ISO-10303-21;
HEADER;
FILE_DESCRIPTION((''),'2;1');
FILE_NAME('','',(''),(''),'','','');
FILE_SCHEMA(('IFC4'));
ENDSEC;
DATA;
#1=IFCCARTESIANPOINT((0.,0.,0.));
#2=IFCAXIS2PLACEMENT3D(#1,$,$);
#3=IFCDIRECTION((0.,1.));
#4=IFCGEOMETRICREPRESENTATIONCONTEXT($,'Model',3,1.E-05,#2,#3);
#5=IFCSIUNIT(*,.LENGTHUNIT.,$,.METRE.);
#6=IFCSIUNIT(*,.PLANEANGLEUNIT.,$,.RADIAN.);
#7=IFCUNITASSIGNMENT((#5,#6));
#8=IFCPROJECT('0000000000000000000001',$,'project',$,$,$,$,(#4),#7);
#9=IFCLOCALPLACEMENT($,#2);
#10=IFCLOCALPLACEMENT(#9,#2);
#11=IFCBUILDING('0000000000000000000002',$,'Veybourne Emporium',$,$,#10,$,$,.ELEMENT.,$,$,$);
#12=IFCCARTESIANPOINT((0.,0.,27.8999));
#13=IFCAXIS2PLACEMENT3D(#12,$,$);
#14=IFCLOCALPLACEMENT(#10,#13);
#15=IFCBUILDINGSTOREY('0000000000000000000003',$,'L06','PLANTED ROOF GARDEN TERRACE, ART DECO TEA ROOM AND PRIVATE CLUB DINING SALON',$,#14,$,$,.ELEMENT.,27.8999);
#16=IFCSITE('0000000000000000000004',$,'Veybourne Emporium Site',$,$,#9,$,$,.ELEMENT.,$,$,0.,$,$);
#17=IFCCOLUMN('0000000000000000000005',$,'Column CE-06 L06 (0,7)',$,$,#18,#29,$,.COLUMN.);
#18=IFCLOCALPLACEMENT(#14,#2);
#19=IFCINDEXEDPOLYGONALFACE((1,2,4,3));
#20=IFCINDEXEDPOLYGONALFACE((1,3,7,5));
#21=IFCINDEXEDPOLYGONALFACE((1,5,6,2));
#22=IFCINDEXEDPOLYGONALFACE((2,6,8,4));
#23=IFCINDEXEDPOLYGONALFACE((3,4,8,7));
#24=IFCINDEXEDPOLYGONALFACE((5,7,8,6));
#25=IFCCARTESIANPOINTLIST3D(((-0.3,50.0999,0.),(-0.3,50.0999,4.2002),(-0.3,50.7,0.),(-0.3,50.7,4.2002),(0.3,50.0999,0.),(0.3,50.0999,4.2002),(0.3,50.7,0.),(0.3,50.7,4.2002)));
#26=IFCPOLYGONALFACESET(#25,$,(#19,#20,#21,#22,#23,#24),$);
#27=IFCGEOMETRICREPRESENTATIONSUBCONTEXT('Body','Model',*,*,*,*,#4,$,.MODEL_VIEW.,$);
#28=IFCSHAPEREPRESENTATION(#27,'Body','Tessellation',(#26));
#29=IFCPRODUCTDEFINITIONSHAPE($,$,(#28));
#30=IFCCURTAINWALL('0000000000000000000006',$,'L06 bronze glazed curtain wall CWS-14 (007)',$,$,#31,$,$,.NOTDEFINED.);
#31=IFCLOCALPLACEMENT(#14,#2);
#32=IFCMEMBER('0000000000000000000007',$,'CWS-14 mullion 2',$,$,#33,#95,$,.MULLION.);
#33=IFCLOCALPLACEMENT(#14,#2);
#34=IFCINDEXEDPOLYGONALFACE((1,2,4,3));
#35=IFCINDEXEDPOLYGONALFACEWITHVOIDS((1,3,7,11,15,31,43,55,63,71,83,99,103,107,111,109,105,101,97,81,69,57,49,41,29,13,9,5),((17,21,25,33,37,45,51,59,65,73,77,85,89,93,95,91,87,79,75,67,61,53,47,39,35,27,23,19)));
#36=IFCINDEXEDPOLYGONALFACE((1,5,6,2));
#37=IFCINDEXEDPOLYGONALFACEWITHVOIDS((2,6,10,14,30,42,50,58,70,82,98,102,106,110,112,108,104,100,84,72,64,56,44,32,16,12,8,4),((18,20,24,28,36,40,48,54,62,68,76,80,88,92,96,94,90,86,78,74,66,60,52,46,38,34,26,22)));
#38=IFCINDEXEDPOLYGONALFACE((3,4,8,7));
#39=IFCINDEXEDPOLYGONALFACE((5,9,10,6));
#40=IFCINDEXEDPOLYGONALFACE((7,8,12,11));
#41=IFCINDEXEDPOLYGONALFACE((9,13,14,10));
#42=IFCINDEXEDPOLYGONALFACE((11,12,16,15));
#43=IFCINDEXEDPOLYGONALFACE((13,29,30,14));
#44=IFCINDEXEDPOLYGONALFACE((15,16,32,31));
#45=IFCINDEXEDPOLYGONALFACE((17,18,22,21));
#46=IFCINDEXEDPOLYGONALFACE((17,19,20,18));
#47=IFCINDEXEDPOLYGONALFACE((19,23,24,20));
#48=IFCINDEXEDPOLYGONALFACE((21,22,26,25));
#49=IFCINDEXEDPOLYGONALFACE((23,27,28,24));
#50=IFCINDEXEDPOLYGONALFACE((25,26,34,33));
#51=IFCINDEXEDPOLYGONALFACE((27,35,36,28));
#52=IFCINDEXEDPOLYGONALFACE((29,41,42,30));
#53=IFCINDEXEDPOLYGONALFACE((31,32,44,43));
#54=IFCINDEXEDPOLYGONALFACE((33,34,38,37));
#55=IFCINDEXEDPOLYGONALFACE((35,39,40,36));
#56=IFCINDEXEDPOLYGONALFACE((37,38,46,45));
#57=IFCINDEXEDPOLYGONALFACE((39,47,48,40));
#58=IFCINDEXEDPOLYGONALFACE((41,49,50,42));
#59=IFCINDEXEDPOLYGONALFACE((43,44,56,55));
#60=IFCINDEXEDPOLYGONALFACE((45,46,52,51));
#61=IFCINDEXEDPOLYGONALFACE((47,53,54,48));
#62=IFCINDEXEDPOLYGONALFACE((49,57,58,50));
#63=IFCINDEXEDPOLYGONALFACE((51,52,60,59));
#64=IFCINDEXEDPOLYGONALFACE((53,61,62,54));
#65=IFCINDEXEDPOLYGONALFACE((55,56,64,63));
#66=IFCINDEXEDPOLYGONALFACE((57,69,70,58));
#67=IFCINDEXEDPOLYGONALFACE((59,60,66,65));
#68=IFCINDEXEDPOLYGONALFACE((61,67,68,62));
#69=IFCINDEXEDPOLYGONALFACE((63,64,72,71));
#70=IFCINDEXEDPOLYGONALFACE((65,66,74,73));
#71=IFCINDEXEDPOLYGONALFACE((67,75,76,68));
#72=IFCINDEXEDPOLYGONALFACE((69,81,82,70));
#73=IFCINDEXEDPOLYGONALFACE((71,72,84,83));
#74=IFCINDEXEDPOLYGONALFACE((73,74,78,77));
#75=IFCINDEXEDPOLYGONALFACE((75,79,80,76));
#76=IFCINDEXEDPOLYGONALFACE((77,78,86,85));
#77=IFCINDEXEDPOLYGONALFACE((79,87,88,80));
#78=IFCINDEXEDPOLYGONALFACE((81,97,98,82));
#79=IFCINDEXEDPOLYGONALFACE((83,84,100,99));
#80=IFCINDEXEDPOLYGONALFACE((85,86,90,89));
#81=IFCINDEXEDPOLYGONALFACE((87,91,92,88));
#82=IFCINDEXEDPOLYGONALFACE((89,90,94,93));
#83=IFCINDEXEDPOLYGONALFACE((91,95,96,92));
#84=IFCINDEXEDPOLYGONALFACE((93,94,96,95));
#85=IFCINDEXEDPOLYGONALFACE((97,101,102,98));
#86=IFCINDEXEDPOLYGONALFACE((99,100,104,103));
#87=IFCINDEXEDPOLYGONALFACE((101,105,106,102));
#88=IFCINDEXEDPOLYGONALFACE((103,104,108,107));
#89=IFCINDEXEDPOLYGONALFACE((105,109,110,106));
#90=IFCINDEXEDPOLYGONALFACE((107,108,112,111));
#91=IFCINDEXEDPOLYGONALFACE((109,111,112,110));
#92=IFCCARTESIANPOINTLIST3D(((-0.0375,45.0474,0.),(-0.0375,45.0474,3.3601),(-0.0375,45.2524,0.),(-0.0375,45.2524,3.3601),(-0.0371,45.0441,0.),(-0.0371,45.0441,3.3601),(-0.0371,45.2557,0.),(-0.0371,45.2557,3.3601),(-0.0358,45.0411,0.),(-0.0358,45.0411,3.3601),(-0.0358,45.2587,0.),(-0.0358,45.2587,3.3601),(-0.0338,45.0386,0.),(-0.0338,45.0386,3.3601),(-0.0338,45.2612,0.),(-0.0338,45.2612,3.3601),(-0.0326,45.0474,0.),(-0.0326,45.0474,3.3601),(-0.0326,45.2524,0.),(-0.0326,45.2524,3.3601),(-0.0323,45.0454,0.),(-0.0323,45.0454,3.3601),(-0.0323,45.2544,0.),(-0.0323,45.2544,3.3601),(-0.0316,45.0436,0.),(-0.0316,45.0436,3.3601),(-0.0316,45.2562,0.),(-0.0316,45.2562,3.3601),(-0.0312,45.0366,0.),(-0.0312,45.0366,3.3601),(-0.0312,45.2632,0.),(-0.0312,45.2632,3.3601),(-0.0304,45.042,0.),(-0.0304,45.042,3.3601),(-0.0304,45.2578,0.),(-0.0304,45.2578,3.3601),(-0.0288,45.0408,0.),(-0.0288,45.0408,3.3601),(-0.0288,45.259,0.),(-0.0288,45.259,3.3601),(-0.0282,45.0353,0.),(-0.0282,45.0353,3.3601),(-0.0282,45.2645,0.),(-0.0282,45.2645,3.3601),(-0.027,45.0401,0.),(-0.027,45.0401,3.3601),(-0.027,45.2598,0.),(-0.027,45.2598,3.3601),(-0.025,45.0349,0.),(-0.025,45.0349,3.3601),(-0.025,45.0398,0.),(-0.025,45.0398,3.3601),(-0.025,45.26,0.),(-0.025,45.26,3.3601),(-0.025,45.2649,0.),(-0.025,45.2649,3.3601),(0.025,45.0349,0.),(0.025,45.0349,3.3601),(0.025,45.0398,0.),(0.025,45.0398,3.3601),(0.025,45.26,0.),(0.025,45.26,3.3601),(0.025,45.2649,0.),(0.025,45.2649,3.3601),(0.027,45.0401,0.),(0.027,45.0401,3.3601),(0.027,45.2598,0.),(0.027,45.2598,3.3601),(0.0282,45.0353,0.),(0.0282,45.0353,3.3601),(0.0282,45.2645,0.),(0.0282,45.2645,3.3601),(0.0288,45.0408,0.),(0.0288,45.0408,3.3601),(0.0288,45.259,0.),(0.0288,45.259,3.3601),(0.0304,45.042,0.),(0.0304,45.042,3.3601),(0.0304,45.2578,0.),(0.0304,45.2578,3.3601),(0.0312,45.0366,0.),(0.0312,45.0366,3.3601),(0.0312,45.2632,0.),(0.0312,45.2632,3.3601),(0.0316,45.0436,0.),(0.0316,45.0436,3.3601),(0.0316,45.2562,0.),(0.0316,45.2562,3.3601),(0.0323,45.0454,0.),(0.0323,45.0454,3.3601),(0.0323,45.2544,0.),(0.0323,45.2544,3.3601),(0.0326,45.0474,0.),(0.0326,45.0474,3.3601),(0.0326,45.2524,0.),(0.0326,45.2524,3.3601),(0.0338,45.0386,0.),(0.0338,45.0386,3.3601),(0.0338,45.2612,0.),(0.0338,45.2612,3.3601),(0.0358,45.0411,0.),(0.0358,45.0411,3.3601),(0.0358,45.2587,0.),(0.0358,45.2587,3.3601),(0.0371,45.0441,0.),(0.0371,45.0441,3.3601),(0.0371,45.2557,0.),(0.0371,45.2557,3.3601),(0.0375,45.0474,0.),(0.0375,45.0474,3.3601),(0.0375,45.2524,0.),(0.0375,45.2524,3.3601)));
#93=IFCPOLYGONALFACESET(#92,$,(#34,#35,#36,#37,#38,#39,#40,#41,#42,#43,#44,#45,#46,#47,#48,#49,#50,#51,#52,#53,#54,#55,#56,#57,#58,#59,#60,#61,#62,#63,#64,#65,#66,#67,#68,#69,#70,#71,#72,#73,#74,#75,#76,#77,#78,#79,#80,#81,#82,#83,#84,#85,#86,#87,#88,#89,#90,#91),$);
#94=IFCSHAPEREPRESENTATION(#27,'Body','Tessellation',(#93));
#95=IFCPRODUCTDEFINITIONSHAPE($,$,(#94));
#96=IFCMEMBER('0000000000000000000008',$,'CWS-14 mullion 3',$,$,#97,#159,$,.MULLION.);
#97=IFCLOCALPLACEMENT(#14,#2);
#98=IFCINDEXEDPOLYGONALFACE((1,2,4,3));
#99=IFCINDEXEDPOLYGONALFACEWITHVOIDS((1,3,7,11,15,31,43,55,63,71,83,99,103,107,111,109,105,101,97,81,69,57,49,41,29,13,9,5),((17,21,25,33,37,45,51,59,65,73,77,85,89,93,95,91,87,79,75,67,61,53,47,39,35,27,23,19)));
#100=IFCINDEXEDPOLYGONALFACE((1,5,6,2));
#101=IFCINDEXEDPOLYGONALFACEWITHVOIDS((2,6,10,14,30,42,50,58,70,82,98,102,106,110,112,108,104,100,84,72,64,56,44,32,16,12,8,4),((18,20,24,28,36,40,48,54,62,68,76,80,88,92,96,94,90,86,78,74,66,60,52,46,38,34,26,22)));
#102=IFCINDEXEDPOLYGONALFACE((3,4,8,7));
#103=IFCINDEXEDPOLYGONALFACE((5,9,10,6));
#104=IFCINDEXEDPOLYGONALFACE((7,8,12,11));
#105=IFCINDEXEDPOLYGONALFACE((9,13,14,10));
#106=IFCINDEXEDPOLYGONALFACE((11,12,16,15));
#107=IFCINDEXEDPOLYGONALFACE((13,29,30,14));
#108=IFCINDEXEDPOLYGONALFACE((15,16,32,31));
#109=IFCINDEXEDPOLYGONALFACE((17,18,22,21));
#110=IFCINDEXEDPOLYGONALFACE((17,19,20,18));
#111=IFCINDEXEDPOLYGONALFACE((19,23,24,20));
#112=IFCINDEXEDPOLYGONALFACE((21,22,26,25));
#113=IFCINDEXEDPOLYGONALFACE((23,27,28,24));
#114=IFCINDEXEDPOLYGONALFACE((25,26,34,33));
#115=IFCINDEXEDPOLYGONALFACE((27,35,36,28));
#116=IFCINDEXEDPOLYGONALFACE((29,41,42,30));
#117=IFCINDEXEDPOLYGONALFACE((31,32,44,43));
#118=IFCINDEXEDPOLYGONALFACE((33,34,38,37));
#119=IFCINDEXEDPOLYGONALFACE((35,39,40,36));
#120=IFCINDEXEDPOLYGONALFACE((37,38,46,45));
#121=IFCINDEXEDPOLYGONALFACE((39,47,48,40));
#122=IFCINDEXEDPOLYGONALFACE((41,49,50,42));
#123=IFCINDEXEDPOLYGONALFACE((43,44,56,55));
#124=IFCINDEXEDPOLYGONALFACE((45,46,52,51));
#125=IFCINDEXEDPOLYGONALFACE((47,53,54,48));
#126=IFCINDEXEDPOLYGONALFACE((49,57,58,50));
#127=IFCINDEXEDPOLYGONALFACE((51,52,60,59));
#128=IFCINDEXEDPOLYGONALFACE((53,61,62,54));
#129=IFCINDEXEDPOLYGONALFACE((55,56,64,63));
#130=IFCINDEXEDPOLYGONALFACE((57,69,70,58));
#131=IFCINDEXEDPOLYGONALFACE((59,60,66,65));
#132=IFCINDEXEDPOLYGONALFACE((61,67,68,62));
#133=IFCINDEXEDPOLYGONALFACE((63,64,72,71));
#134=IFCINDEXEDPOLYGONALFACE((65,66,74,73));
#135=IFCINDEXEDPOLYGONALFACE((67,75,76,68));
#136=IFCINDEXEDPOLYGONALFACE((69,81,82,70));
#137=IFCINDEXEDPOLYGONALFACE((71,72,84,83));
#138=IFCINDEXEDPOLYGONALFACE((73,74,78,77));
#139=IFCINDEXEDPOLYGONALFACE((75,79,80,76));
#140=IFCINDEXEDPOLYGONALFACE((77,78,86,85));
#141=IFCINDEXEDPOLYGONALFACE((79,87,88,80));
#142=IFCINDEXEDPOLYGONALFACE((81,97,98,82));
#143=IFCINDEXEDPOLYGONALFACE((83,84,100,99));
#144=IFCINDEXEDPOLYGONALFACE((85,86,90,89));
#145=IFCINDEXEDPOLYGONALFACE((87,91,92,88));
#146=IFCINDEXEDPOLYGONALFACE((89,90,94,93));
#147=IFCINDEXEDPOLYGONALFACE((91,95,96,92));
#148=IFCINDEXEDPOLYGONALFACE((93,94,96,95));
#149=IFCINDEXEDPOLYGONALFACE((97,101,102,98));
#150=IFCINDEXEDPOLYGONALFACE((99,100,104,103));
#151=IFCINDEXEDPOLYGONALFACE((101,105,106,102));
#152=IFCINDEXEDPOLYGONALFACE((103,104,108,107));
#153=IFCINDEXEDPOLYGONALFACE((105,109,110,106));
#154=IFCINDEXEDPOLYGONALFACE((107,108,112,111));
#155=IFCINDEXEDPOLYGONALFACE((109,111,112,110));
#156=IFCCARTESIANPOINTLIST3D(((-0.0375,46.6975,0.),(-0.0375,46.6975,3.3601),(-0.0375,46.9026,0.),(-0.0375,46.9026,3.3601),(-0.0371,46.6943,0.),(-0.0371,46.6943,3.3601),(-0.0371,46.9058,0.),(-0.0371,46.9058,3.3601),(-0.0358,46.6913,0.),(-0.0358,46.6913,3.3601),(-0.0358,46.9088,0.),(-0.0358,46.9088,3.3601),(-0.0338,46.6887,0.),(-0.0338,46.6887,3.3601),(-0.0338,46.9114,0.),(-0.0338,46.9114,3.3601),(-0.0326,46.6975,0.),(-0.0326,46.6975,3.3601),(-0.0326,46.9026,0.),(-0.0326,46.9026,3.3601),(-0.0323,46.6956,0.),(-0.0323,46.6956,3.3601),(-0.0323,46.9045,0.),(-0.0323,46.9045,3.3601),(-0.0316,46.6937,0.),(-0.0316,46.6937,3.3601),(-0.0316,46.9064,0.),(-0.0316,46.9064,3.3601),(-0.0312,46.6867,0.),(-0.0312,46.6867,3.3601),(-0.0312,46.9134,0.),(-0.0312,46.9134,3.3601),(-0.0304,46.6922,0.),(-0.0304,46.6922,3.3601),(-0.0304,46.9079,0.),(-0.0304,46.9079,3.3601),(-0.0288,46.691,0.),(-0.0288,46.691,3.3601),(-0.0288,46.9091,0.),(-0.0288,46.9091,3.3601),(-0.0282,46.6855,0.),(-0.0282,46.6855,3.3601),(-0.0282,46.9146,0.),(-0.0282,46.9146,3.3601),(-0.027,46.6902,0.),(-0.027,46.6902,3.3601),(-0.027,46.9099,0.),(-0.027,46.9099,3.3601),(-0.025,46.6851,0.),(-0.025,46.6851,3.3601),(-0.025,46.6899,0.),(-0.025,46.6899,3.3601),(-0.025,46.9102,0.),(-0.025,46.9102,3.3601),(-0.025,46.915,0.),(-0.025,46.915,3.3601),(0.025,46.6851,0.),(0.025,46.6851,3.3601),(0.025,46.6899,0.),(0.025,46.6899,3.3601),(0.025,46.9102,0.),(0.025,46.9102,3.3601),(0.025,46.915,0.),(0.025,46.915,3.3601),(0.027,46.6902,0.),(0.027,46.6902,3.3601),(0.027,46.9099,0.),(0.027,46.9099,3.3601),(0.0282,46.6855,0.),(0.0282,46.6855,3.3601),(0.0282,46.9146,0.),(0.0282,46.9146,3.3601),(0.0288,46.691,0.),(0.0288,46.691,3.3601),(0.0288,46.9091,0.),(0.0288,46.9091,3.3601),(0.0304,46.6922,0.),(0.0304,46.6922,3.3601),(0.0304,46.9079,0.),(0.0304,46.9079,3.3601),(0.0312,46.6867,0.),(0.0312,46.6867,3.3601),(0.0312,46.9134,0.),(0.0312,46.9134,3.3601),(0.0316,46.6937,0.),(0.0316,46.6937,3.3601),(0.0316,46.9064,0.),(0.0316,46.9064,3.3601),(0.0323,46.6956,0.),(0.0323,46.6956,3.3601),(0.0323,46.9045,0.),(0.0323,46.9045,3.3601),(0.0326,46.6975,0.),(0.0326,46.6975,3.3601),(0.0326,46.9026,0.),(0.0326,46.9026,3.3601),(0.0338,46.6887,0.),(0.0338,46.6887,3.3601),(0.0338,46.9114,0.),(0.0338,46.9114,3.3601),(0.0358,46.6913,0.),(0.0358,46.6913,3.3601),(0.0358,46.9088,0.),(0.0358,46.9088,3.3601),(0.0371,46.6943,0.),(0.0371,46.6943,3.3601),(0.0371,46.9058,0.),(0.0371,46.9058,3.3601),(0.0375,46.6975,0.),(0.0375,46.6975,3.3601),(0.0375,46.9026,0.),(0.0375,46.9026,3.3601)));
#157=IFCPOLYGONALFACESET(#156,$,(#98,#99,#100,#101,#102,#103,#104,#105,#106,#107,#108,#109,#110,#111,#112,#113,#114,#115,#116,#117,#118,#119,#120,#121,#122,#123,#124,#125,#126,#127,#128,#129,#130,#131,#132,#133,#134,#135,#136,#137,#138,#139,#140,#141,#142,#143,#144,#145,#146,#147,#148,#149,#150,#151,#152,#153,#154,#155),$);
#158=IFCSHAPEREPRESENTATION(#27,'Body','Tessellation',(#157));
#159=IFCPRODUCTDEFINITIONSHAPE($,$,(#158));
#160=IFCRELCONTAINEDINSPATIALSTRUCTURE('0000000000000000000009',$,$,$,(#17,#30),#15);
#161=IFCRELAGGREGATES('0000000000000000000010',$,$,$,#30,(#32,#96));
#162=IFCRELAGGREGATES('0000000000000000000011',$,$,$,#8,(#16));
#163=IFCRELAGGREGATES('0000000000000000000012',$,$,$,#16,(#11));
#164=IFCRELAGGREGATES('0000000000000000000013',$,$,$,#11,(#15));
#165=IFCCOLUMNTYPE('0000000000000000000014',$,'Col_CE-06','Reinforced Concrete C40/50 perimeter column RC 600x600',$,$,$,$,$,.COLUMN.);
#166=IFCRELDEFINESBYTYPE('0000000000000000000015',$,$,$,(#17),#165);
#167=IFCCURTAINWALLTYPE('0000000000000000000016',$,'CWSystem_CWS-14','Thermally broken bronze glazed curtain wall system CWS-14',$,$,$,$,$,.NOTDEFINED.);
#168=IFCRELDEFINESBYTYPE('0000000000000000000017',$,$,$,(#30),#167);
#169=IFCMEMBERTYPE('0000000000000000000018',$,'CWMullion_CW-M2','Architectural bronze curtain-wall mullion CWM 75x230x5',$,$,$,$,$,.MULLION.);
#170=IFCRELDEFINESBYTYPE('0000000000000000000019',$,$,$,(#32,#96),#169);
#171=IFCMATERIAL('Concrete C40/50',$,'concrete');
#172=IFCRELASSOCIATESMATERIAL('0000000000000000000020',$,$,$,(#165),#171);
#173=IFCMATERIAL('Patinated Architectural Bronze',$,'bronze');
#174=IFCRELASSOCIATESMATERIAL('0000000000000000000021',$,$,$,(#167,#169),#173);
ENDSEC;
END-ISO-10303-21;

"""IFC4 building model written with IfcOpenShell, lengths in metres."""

from ifc_helpers import new_model, si_unit, direction, frame, origin, origin_2d, place, context, subcontext, project, spatial, rectangle, hollow_rectangle, extrude, material, material_profile, profile_set, type_object, element, aggregate, save


model = new_model("IFC4")

# Units and contexts
model_context = context("Model", 3, precision=1e-05, world=origin(), true_north=direction((0.0, 1.0)))
body_context = subcontext(model_context, "Body", "Model", "MODEL_VIEW")
ifc_project = project(units=[si_unit("LENGTHUNIT", "METRE"), si_unit("PLANEANGLEUNIT", "RADIAN")], contexts=[model_context])

# Site, building, storey
site_placement = place(None, origin())
site = spatial("IfcSite", under=ifc_project, at=site_placement, Name="Veybourne Emporium Site", CompositionType="ELEMENT", RefElevation=0.0)
building_placement = place(site_placement, origin())
building = spatial("IfcBuilding", under=site, at=building_placement, Name="Veybourne Emporium", CompositionType="ELEMENT")
storey_placement = place(building_placement, frame((0.0, 0.0, 27.8999)))
storey = spatial("IfcBuildingStorey", under=building, at=storey_placement, Name="L06", Description="PLANTED ROOF GARDEN TERRACE, ART DECO TEA ROOM AND PRIVATE CLUB DINING SALON", CompositionType="ELEMENT", Elevation=27.8999)

# Column
ifc_material_1 = material(Name="Concrete C40/50", Category="concrete")
ifc_material_profile_1 = material_profile(ifc_material_1, rectangle(XDim=0.6001, YDim=0.6001, at=origin_2d()), Name="RC 600x600")
ifc_profile_set_1 = profile_set([ifc_material_profile_1], Name="Concrete C40/50")
column_type = type_object("IfcColumnType", Name="Col_CE-06", Description="Reinforced Concrete C40/50 perimeter column RC 600x600", PredefinedType="COLUMN", material=ifc_profile_set_1)
column_placement = place(storey_placement, frame((0.0, 50.3999, 0.0), z_axis=(0.0, 0.0, 1.0), x_axis=(1.0, 0.0, 0.0)))
element("IfcColumn", 1, at=column_placement, inside=storey, type_object=column_type, Name="Column CE-06 L06 (0,7)", PredefinedType="COLUMN", context=body_context, shape_type="SweptSolid", body=[
    extrude(rectangle(XDim=0.6001, YDim=0.6001, at=origin_2d()), origin(), (0.0, 0.0, 1.0), 4.2002),
])

# Curtain wall, members
ifc_material_2 = material(Name="Patinated Architectural Bronze", Category="bronze")
curtain_wall_type = type_object("IfcCurtainWallType", Name="CWSystem_CWS-14", Description="Thermally broken bronze glazed curtain wall system CWS-14", PredefinedType="NOTDEFINED", material=ifc_material_2)
curtain_wall_placement = place(storey_placement, origin())
curtain_wall = element("IfcCurtainWall", 2, at=curtain_wall_placement, inside=storey, type_object=curtain_wall_type, Name="L06 bronze glazed curtain wall CWS-14 (007)", PredefinedType="NOTDEFINED")
ifc_material_profile_2 = material_profile(ifc_material_2, hollow_rectangle(XDim=0.075, YDim=0.23, WallThickness=0.0049, InnerFilletRadius=0.0076, OuterFilletRadius=0.0125, at=origin_2d()), Name="CWM 75x230x5")
ifc_profile_set_2 = profile_set([ifc_material_profile_2], Name="Patinated Architectural Bronze")
member_type_1 = type_object("IfcMemberType", Name="CWMullion_CW-M2", Description="Architectural bronze curtain-wall mullion CWM 75x230x5", PredefinedType="MULLION", material=ifc_profile_set_2)
member_1_placement = place(storey_placement, frame((0.0, 45.1499, 0.0), z_axis=(0.0, 0.0, 1.0), x_axis=(-1.0, 0.0, 0.0)))
member_1 = element("IfcMember", 3, at=member_1_placement, type_object=member_type_1, Name="CWS-14 mullion 2", PredefinedType="MULLION", context=body_context, shape_type="SweptSolid", body=[
    extrude(hollow_rectangle(XDim=0.075, YDim=0.23, WallThickness=0.0049, InnerFilletRadius=0.0076, OuterFilletRadius=0.0125, at=origin_2d()), origin(), (0.0, 0.0, 1.0), 3.3601),
])
member_2_placement = place(storey_placement, frame((0.0, 46.8, 0.0), z_axis=(0.0, 0.0, 1.0), x_axis=(-1.0, 0.0, 0.0)))
member_2 = element("IfcMember", 4, at=member_2_placement, type_object=member_type_1, Name="CWS-14 mullion 3", PredefinedType="MULLION", context=body_context, shape_type="SweptSolid", body=[
    extrude(hollow_rectangle(XDim=0.075, YDim=0.23, WallThickness=0.0049, InnerFilletRadius=0.0076, OuterFilletRadius=0.0125, at=origin_2d()), origin(), (0.0, 0.0, 1.0), 3.3601),
])

aggregate(curtain_wall, [member_1, member_2])

save(model, "model.ifc")
